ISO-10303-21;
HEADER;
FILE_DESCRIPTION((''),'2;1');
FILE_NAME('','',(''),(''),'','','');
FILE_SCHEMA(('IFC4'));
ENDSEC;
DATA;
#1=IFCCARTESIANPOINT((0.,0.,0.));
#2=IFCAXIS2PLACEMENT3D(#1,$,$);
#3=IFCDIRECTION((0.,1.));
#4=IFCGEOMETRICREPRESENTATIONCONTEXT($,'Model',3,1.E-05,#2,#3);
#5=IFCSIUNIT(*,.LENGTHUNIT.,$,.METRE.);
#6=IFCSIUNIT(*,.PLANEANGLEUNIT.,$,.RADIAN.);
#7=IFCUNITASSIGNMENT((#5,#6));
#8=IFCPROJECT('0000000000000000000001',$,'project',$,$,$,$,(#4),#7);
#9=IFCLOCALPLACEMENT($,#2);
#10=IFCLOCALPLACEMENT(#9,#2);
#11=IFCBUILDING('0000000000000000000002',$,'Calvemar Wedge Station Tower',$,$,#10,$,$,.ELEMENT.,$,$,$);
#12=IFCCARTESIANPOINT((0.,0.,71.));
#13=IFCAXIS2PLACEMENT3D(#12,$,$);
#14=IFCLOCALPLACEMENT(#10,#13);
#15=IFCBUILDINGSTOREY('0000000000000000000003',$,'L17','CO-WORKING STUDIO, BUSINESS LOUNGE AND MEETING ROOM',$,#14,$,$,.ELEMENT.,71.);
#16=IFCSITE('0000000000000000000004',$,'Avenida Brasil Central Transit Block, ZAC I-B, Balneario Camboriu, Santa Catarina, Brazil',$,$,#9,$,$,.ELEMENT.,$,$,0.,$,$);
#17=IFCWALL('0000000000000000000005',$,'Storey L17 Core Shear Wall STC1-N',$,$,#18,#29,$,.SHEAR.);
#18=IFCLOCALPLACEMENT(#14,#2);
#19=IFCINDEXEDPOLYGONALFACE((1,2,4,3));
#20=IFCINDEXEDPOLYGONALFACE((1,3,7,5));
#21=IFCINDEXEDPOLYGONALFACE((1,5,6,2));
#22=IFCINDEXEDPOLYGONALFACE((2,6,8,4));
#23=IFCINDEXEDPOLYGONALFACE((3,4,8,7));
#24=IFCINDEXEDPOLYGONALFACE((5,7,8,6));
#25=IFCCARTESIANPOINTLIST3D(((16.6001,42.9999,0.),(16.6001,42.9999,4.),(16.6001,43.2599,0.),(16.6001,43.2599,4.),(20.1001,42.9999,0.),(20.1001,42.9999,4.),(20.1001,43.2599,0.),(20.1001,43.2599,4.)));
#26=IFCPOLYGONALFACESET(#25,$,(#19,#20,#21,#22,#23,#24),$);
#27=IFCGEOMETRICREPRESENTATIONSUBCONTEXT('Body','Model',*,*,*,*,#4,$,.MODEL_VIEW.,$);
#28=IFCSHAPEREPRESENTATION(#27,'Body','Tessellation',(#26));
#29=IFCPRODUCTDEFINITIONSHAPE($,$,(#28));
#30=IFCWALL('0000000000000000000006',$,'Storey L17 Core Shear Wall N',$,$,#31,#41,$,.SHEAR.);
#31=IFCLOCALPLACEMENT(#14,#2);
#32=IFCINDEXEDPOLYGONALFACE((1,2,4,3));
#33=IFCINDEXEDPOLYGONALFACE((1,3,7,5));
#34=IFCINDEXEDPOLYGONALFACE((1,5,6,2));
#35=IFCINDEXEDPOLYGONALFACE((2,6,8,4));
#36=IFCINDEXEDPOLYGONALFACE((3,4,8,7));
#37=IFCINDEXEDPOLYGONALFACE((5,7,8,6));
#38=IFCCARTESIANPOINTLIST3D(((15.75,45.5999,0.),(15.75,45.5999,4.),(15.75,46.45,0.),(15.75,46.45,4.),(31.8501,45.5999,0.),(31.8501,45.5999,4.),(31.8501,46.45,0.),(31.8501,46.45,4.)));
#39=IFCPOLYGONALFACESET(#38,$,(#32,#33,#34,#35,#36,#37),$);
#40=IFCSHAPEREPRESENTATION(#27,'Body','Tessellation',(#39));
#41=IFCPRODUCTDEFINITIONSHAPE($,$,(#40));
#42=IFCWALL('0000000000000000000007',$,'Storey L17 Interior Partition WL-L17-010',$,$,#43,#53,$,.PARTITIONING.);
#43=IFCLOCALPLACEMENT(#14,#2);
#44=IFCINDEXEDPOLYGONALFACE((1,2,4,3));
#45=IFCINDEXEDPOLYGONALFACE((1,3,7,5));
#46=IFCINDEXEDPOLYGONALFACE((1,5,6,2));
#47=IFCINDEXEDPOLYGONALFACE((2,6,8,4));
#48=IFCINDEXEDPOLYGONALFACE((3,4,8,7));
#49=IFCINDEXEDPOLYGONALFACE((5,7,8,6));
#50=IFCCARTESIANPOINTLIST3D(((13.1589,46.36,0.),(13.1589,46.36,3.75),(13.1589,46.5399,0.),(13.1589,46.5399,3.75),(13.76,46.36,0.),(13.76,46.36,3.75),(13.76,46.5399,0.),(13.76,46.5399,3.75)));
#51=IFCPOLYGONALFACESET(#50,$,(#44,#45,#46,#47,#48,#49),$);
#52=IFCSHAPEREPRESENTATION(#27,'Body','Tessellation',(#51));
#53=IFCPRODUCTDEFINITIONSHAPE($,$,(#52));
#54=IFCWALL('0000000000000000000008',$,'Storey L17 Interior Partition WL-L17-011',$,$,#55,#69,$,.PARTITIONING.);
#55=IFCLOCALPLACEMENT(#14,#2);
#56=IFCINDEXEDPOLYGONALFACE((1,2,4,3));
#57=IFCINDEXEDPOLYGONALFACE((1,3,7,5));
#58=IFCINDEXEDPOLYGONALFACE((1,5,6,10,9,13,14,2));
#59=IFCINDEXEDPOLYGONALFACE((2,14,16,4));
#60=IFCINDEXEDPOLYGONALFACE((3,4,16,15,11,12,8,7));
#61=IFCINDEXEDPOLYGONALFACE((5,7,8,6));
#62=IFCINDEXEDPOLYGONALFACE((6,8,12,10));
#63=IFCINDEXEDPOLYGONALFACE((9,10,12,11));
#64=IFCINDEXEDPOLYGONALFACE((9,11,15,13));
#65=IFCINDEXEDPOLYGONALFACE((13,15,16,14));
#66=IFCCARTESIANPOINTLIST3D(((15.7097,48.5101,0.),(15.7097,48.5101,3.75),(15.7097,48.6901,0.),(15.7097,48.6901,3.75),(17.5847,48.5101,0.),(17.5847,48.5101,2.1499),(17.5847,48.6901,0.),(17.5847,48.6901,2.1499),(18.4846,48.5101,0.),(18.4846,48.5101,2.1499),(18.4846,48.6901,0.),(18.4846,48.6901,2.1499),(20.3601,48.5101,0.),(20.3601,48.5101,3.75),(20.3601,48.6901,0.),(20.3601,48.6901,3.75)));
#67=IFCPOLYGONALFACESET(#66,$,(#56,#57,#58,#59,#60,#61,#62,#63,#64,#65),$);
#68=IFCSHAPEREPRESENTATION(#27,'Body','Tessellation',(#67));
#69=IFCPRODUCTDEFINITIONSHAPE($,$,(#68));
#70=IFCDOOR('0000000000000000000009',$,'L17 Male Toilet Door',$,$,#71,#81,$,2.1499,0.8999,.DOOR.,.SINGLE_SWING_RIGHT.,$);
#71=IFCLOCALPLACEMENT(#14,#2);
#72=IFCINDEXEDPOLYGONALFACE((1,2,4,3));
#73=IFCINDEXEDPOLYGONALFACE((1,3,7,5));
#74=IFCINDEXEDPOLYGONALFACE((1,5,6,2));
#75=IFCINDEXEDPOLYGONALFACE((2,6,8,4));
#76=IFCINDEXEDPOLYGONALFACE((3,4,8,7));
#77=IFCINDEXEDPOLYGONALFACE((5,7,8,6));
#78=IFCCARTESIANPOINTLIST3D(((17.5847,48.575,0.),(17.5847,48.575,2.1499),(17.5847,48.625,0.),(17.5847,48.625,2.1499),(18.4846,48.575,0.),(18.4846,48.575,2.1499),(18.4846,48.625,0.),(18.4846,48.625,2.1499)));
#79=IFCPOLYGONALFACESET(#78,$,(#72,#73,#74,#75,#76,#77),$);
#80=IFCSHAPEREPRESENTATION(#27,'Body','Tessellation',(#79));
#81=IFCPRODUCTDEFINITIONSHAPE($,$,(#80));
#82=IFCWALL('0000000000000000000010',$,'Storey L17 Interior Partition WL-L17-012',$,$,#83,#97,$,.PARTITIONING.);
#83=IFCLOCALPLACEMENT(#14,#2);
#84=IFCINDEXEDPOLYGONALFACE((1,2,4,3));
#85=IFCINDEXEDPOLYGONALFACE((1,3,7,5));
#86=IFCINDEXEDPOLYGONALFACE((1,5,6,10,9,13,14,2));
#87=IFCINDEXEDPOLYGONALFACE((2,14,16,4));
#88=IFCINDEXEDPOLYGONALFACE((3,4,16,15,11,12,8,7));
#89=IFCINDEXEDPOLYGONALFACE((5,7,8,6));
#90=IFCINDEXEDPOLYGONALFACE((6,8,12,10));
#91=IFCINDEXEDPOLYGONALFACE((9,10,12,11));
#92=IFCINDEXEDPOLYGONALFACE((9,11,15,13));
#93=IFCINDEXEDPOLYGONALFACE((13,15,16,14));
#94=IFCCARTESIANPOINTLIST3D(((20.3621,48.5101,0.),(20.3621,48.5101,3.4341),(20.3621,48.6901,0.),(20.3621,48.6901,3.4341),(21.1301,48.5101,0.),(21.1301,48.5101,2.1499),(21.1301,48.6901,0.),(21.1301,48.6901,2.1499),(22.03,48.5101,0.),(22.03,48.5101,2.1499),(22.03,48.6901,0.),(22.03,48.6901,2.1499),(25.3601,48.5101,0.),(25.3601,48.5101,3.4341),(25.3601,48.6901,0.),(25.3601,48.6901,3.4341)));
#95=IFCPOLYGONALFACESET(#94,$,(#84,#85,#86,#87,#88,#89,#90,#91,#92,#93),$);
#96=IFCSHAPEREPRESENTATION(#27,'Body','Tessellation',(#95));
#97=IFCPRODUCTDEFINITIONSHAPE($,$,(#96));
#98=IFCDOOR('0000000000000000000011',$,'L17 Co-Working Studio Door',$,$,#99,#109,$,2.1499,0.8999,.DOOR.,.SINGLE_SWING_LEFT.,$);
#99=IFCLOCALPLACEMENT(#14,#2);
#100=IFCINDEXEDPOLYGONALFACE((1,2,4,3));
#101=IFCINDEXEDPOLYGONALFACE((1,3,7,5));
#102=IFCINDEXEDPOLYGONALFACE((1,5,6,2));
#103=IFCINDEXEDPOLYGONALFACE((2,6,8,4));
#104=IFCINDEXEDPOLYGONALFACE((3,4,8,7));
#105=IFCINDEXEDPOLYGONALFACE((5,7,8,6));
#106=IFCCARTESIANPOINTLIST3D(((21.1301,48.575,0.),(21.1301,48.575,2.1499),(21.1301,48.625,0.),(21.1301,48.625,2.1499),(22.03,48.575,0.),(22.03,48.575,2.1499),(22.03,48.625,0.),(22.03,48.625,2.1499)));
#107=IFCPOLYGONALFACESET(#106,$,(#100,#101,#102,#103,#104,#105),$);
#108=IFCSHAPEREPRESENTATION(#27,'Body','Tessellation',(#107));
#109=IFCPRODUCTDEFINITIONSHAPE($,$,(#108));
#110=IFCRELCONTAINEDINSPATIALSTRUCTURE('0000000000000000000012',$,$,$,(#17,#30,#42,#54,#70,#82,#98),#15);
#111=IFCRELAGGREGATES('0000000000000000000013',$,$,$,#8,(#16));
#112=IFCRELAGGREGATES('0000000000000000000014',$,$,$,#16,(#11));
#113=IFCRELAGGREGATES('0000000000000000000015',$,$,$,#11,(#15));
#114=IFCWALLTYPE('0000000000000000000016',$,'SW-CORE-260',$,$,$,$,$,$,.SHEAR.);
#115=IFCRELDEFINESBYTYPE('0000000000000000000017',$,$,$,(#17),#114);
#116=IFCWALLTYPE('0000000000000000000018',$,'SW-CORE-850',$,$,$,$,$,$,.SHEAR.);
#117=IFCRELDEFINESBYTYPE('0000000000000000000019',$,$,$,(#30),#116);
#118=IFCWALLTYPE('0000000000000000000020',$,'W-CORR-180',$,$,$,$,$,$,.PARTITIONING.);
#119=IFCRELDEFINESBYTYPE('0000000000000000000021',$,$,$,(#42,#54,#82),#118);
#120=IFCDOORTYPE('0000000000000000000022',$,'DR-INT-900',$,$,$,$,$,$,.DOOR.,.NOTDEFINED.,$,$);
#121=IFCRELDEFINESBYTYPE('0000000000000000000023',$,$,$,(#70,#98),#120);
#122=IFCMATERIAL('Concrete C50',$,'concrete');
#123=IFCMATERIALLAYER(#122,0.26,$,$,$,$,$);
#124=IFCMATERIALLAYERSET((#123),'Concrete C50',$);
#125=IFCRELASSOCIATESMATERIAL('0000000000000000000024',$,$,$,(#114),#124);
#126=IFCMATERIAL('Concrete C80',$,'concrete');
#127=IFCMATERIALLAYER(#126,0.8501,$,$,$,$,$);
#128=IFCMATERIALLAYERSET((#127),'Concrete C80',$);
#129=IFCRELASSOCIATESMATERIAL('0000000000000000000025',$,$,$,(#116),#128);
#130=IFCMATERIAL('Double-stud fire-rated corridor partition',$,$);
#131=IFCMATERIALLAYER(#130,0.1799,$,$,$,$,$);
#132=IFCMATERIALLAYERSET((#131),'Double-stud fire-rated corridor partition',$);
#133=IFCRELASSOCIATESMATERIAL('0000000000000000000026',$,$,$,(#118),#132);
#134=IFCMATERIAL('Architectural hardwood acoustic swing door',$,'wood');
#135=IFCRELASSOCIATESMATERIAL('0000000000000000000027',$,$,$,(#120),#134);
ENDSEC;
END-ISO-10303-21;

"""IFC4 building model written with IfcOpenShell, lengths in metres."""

from ifc_helpers import new_model, si_unit, direction, frame, frame_2d, origin, place, context, subcontext, project, spatial, rectangle, extrude, source, transform, mapped, material, layer, layer_set, type_object, element, fill, save


model = new_model("IFC4")

# Units and contexts
model_context = context("Model", 3, precision=1e-05, world=origin(), true_north=direction((0.0, 1.0)))
body_context = subcontext(model_context, "Body", "Model", "MODEL_VIEW")
ifc_project = project(units=[si_unit("LENGTHUNIT", "METRE"), si_unit("PLANEANGLEUNIT", "RADIAN")], contexts=[model_context])

# Site, building, storey
site_placement = place(None, origin())
site = spatial("IfcSite", under=ifc_project, at=site_placement, Name="Avenida Brasil Central Transit Block, ZAC I-B, Balneario Camboriu, Santa Catarina, Brazil", CompositionType="ELEMENT", RefElevation=0.0)
building_placement = place(site_placement, origin())
building = spatial("IfcBuilding", under=site, at=building_placement, Name="Calvemar Wedge Station Tower", CompositionType="ELEMENT")
storey_placement = place(building_placement, frame((0.0, 0.0, 71.0)))
storey = spatial("IfcBuildingStorey", under=building, at=storey_placement, Name="L17", Description="CO-WORKING STUDIO, BUSINESS LOUNGE AND MEETING ROOM", CompositionType="ELEMENT", Elevation=71.0)

# Walls
ifc_material_1 = material(Name="Concrete C50", Category="concrete")
ifc_layer_1 = layer(ifc_material_1, 0.26)
ifc_layer_set_1 = layer_set([ifc_layer_1], Name="Concrete C50")
wall_type_1 = type_object("IfcWallType", Name="SW-CORE-260", PredefinedType="SHEAR", material=ifc_layer_set_1)
wall_1_placement = place(storey_placement, frame((16.6001, 43.1299, 0.0), z_axis=(0.0, 0.0, 1.0), x_axis=(1.0, 0.0, 0.0)))
element("IfcWall", 1, at=wall_1_placement, inside=storey, type_object=wall_type_1, Name="Storey L17 Core Shear Wall STC1-N", PredefinedType="SHEAR", context=body_context, shape_type="SweptSolid", body=[
    extrude(rectangle(XDim=3.5, YDim=0.26, at=frame_2d((1.75, 0.0))), origin(), (0.0, 0.0, 1.0), 4.0),
])
ifc_material_2 = material(Name="Concrete C80", Category="concrete")
ifc_layer_2 = layer(ifc_material_2, 0.8501)
ifc_layer_set_2 = layer_set([ifc_layer_2], Name="Concrete C80")
wall_type_2 = type_object("IfcWallType", Name="SW-CORE-850", PredefinedType="SHEAR", material=ifc_layer_set_2)
wall_2_placement = place(storey_placement, frame((15.75, 46.0249, 0.0), z_axis=(0.0, 0.0, 1.0), x_axis=(1.0, 0.0, 0.0)))
element("IfcWall", 2, at=wall_2_placement, inside=storey, type_object=wall_type_2, Name="Storey L17 Core Shear Wall N", PredefinedType="SHEAR", context=body_context, shape_type="SweptSolid", body=[
    extrude(rectangle(XDim=16.1001, YDim=0.8501, at=frame_2d((8.05, 0.0))), origin(), (0.0, 0.0, 1.0), 4.0),
])

# Shared definitions
ifc_material_3 = material(Name="Double-stud fire-rated corridor partition")
ifc_layer_3 = layer(ifc_material_3, 0.1799)
ifc_layer_set_3 = layer_set([ifc_layer_3], Name="Double-stud fire-rated corridor partition")
wall_type_3 = type_object("IfcWallType", Name="W-CORR-180", PredefinedType="PARTITIONING", material=ifc_layer_set_3)

# Wall
wall_3_placement = place(storey_placement, frame((13.76, 46.45, 0.0), z_axis=(0.0, 0.0, 1.0), x_axis=(-1.0, 0.0, 0.0)))
element("IfcWall", 3, at=wall_3_placement, inside=storey, type_object=wall_type_3, Name="Storey L17 Interior Partition WL-L17-010", PredefinedType="PARTITIONING", context=body_context, shape_type="SweptSolid", body=[
    extrude(rectangle(XDim=0.6011, YDim=0.1799, at=frame_2d((0.3005, 0.0))), origin(), (0.0, 0.0, 1.0), 3.75),
])

# Walls, openings, doors
wall_4_placement = place(storey_placement, frame((15.7097, 48.6001, 0.0), z_axis=(0.0, 0.0, 1.0), x_axis=(1.0, 0.0, 0.0)))
wall_4 = element("IfcWall", 4, at=wall_4_placement, inside=storey, type_object=wall_type_3, Name="Storey L17 Interior Partition WL-L17-011", PredefinedType="PARTITIONING", context=body_context, shape_type="SweptSolid", body=[
    extrude(rectangle(XDim=4.6504, YDim=0.1799, at=frame_2d((2.3252, 0.0))), origin(), (0.0, 0.0, 1.0), 3.75),
])
shared_shape_1 = source(origin(), body_context, "Body", "SweptSolid", [
    extrude(rectangle(XDim=0.8999, YDim=2.1499, at=frame_2d((0.45, 1.075))), frame((0.0, 0.1001, 0.0), z_axis=(0.0, -1.0, 0.0), x_axis=(1.0, 0.0, 0.0)), (0.0, 0.0, 1.0), 0.2),
])
opening_1_placement = place(wall_4_placement, frame((1.875, 0.0, 0.0)))
opening_1 = element("IfcOpeningElement", 5, at=opening_1_placement, cuts=wall_4, PredefinedType="OPENING", context=body_context, shape_type="MappedRepresentation", body=[
    mapped(shared_shape_1, transform((0.0, 0.0, 0.0), scale=1.0)),
])
ifc_material_4 = material(Name="Architectural hardwood acoustic swing door", Category="wood")
door_type_1 = type_object("IfcDoorType", Name="DR-INT-900", OperationType="NOTDEFINED", PredefinedType="DOOR", material=ifc_material_4)
shared_shape_2 = source(origin(), body_context, "Body", "SweptSolid", [
    extrude(rectangle(XDim=0.8999, YDim=2.1499, at=frame_2d((0.45, 1.075))), frame((0.0, 0.0249, 0.0), z_axis=(0.0, -1.0, 0.0), x_axis=(1.0, 0.0, 0.0)), (0.0, 0.0, 1.0), 0.05),
])
door_1_placement = place(opening_1_placement, origin())
door_1 = element("IfcDoor", 6, at=door_1_placement, inside=storey, type_object=door_type_1, Name="L17 Male Toilet Door", OperationType="SINGLE_SWING_RIGHT", OverallHeight=2.1499, OverallWidth=0.8999, PredefinedType="DOOR", context=body_context, shape_type="MappedRepresentation", body=[
    mapped(shared_shape_2, transform((0.0, 0.0, 0.0), scale=1.0)),
])
fill(opening_1, door_1)
wall_5_placement = place(storey_placement, frame((20.3621, 48.6001, 0.0), z_axis=(0.0, 0.0, 1.0), x_axis=(1.0, 0.0, 0.0)))
wall_5 = element("IfcWall", 7, at=wall_5_placement, inside=storey, type_object=wall_type_3, Name="Storey L17 Interior Partition WL-L17-012", PredefinedType="PARTITIONING", context=body_context, shape_type="SweptSolid", body=[
    extrude(rectangle(XDim=4.998, YDim=0.1799, at=frame_2d((2.499, 0.0))), origin(), (0.0, 0.0, 1.0), 3.4341),
])
opening_2_placement = place(wall_5_placement, frame((0.7681, 0.0, 0.0)))
opening_2 = element("IfcOpeningElement", 8, at=opening_2_placement, cuts=wall_5, PredefinedType="OPENING", context=body_context, shape_type="MappedRepresentation", body=[
    mapped(shared_shape_1, transform((0.0, 0.0, 0.0), scale=1.0)),
])
door_2_placement = place(opening_2_placement, origin())
door_2 = element("IfcDoor", 9, at=door_2_placement, inside=storey, type_object=door_type_1, Name="L17 Co-Working Studio Door", OperationType="SINGLE_SWING_LEFT", OverallHeight=2.1499, OverallWidth=0.8999, PredefinedType="DOOR", context=body_context, shape_type="MappedRepresentation", body=[
    mapped(shared_shape_2, transform((0.0, 0.0, 0.0), scale=1.0)),
])
fill(opening_2, door_2)

save(model, "model.ifc")
